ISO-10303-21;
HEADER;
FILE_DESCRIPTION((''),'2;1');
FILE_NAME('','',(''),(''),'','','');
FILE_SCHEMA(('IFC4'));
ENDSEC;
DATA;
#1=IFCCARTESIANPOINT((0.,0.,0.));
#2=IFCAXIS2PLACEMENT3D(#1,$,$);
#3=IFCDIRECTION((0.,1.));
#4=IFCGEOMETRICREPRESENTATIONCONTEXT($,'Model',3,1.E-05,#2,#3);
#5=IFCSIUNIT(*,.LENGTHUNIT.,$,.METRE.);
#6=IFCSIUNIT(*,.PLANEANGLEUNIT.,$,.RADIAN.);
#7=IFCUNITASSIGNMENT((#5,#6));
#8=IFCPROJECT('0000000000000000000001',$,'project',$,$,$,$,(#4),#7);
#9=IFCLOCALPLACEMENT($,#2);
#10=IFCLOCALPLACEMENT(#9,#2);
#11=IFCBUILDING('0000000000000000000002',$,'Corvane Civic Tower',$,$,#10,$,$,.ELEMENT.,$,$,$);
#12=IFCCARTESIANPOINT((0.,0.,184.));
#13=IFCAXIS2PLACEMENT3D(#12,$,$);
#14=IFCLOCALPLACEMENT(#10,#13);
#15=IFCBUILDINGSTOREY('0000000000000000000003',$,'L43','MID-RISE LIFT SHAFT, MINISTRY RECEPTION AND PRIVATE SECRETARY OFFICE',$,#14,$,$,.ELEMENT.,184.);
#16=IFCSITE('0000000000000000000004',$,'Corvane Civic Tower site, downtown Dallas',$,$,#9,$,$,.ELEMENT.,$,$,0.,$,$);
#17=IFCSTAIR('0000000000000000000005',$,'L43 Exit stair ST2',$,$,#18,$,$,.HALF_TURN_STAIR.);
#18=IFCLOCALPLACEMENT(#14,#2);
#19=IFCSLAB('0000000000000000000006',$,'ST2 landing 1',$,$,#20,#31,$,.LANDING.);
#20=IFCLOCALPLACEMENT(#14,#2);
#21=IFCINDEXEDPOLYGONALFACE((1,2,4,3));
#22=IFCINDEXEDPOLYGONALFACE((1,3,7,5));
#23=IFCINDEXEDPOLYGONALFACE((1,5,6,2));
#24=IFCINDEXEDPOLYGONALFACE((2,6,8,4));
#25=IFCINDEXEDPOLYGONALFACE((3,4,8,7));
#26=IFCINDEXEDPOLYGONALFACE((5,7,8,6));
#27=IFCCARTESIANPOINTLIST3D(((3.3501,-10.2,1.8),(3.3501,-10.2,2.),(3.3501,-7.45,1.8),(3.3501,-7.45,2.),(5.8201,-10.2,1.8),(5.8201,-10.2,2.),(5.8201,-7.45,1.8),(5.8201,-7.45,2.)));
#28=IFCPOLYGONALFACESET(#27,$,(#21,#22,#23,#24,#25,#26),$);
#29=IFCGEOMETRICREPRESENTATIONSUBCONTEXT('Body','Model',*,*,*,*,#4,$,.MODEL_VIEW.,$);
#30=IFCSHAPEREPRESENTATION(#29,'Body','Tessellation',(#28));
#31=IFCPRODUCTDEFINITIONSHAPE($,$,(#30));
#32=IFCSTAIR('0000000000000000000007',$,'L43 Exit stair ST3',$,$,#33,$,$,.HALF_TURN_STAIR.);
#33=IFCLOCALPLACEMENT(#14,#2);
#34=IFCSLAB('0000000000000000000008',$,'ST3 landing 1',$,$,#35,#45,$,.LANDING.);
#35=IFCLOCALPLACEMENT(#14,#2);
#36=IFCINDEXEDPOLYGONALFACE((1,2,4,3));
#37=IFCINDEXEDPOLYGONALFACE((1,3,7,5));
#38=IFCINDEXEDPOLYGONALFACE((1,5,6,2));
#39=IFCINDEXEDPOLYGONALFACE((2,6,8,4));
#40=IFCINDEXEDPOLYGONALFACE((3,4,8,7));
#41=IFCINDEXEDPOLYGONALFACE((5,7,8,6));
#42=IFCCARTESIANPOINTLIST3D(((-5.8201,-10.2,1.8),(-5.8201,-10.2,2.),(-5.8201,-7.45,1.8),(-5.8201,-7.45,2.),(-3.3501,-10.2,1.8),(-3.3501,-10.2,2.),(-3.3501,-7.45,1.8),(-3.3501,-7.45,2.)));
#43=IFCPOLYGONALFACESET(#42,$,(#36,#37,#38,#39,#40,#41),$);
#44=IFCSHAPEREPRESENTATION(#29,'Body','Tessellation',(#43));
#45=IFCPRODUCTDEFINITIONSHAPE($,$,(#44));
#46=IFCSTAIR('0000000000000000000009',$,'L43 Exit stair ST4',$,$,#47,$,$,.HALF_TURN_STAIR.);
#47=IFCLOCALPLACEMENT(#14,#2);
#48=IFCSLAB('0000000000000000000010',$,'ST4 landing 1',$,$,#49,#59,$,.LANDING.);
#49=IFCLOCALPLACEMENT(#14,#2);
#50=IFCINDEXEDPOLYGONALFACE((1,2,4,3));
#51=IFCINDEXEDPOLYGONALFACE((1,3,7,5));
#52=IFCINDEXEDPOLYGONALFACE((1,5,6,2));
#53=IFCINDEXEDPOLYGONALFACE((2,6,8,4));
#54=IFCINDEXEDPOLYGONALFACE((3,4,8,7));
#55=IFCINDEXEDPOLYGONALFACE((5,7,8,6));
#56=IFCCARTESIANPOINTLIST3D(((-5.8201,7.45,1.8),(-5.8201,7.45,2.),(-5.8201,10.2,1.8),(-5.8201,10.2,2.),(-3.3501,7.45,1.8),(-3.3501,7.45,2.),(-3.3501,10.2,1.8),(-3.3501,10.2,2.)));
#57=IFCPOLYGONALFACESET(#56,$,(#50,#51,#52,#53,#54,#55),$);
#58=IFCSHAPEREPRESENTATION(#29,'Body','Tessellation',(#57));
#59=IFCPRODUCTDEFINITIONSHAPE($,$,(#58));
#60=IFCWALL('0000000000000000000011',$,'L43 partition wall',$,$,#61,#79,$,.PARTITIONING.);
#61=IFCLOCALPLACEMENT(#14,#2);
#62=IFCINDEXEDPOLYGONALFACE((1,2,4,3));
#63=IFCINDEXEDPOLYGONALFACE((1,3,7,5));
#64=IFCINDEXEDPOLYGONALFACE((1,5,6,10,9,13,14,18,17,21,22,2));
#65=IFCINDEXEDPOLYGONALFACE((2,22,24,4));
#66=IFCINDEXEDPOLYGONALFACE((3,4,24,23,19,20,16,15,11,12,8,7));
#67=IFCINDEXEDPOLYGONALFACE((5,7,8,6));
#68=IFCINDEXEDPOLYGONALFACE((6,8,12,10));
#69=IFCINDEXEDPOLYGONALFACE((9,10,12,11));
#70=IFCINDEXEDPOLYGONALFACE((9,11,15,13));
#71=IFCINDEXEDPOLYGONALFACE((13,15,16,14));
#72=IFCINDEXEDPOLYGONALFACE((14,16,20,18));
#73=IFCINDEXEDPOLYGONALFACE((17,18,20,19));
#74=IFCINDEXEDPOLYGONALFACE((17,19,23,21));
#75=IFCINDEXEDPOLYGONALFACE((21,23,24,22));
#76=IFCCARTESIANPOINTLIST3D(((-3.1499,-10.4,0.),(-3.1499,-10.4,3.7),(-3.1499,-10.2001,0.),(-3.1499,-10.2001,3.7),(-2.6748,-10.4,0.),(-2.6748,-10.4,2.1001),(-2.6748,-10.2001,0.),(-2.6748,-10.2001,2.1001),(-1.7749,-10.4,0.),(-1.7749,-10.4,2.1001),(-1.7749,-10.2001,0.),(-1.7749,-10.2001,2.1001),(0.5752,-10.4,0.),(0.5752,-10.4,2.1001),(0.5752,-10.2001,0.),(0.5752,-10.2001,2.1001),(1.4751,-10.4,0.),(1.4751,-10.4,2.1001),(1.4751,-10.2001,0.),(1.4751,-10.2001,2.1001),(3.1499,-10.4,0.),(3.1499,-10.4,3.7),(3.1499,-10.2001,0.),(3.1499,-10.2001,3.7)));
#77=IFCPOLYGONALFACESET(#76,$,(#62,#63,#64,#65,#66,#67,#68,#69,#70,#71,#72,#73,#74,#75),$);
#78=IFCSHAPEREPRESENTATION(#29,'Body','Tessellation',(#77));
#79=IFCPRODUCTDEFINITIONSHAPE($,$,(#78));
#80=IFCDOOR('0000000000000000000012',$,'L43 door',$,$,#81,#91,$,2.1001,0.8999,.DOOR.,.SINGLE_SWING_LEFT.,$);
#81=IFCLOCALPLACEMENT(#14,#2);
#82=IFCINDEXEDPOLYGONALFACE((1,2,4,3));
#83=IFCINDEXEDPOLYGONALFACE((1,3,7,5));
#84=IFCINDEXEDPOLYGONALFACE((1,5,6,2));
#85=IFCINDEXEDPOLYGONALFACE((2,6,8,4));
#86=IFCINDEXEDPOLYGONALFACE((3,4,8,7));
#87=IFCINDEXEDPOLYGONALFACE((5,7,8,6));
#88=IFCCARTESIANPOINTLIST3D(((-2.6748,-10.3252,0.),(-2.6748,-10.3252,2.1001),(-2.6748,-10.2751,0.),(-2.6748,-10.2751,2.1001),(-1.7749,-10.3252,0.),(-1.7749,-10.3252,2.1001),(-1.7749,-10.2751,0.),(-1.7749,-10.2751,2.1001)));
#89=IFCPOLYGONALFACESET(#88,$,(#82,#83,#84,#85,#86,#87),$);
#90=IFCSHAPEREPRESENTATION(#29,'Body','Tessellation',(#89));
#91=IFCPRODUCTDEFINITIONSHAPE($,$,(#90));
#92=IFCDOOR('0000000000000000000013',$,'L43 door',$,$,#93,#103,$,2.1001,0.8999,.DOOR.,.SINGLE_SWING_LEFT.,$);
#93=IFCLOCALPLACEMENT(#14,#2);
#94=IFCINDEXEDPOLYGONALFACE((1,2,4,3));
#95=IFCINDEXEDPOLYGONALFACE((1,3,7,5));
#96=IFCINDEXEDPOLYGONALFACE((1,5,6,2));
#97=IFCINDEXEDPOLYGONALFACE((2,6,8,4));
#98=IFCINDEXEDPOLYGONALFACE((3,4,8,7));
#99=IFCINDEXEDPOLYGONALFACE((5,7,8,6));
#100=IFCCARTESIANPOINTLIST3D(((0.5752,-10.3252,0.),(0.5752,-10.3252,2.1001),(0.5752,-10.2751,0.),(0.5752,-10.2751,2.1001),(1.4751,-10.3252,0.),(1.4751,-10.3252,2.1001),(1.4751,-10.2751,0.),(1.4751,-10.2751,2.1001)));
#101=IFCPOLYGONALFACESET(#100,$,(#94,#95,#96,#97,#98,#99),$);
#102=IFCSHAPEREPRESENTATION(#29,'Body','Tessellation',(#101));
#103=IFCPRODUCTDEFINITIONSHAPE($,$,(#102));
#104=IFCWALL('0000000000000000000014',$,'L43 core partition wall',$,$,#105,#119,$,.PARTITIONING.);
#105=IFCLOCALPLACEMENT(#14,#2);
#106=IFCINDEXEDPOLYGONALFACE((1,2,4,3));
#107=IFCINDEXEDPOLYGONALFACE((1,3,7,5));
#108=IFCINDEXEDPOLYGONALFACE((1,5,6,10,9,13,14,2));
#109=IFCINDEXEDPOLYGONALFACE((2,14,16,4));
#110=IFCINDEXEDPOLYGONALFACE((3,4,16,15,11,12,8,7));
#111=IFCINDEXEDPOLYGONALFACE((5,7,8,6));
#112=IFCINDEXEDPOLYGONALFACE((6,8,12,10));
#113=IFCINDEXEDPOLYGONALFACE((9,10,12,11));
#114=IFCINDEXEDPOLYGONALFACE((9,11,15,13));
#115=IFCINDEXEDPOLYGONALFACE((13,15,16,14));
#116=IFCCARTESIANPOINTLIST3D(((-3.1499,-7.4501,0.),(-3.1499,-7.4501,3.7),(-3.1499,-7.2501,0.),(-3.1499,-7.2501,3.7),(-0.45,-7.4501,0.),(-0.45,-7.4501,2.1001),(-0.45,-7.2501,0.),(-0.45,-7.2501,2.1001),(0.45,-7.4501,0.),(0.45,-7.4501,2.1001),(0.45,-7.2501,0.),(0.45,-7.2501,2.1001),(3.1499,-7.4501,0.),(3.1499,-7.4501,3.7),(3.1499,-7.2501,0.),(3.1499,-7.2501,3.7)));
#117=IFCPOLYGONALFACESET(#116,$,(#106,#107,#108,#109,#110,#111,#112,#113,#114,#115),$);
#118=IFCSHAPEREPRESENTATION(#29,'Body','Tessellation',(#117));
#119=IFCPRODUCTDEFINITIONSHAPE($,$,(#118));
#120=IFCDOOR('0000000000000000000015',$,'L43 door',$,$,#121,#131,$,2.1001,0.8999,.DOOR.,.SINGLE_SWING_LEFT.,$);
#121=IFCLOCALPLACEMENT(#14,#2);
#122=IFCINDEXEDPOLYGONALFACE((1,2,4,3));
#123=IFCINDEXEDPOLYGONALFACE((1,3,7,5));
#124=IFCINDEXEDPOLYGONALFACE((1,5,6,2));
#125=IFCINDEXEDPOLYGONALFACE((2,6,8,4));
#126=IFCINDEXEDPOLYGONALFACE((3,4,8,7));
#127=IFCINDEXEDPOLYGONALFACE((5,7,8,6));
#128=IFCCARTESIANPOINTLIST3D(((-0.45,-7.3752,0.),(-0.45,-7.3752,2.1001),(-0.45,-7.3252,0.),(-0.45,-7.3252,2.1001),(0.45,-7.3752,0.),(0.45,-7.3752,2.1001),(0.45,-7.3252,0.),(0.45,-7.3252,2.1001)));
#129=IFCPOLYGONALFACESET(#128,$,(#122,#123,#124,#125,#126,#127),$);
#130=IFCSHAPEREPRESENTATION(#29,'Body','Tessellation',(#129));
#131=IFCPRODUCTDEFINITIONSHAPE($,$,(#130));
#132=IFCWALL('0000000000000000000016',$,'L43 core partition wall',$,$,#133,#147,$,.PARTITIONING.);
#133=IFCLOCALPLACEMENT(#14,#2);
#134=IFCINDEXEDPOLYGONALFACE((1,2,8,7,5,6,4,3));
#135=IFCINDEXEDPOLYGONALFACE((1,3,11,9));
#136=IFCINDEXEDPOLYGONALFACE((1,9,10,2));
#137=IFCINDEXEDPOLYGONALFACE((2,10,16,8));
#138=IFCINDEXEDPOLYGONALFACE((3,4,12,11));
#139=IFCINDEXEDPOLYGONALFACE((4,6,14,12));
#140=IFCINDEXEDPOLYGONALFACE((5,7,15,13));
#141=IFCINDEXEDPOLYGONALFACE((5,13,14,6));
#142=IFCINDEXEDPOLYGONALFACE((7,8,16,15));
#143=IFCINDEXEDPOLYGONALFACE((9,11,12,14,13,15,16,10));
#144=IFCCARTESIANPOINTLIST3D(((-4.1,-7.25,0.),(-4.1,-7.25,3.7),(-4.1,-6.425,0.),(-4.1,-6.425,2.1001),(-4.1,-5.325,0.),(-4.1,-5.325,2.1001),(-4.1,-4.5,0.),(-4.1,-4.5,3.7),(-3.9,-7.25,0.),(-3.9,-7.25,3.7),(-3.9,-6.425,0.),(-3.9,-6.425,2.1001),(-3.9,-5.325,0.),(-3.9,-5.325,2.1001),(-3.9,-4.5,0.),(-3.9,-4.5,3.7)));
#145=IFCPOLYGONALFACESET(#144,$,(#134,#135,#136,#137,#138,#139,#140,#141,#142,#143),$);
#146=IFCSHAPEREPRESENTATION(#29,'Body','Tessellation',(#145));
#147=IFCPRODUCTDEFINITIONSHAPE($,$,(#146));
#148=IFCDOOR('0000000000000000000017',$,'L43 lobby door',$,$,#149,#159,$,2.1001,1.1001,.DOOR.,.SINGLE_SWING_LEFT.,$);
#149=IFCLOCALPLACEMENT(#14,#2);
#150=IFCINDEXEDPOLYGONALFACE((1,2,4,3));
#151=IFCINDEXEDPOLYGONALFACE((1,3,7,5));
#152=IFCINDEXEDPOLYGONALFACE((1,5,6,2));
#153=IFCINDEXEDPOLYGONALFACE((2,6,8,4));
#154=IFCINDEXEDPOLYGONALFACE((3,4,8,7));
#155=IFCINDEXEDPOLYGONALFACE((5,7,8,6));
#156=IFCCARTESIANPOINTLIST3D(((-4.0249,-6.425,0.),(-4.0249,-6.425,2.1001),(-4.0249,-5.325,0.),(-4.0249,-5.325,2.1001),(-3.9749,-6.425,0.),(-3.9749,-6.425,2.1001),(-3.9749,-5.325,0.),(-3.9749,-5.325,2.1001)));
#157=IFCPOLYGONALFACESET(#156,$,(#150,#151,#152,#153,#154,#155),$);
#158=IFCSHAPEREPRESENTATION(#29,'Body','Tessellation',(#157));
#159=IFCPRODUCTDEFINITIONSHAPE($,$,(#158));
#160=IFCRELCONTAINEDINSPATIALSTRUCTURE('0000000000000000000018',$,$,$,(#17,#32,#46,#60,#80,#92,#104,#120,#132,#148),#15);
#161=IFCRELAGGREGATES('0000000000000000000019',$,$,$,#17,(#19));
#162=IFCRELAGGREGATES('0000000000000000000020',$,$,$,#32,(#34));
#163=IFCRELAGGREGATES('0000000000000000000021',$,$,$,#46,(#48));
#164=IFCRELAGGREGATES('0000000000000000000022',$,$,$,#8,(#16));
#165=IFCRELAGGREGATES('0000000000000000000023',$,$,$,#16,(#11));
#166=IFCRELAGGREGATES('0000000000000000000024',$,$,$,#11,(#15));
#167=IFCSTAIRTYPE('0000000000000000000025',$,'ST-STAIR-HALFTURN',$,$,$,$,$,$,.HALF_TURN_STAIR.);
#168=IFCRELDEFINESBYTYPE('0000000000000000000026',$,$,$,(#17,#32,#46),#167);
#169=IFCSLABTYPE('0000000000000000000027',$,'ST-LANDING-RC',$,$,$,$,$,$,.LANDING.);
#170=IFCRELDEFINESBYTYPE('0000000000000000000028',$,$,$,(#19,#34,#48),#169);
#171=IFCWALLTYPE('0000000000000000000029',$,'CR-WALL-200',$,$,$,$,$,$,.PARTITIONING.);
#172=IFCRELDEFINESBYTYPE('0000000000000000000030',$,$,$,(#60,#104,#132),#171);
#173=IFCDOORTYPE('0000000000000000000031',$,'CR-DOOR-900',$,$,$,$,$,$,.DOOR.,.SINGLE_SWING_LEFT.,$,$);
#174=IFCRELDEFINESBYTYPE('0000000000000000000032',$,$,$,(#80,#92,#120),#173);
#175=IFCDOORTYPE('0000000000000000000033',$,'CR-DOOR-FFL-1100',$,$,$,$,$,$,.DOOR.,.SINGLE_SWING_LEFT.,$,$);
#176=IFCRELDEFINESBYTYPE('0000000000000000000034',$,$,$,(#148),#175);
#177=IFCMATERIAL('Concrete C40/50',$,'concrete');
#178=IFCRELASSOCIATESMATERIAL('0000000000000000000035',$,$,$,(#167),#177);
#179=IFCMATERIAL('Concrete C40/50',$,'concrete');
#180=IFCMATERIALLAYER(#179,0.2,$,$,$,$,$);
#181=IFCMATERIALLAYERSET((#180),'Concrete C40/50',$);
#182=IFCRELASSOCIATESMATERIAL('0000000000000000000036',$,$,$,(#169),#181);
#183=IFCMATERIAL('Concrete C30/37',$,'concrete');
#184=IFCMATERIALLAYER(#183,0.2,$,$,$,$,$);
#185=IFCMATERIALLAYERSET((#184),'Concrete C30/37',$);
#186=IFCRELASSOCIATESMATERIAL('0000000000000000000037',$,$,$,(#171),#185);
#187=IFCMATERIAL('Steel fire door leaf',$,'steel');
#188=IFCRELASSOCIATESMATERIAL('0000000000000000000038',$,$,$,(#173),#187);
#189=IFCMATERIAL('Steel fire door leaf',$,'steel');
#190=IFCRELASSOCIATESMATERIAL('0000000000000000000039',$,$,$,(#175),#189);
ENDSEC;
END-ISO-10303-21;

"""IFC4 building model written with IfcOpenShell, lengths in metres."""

from ifc_helpers import new_model, si_unit, direction, frame, frame_2d, origin, place, context, subcontext, project, spatial, polyline, rectangle, outline, extrude, material, layer, layer_set, type_object, element, fill, aggregate, save


model = new_model("IFC4")

# Units and contexts
model_context = context("Model", 3, precision=1e-05, world=origin(), true_north=direction((0.0, 1.0)))
body_context = subcontext(model_context, "Body", "Model", "MODEL_VIEW")
ifc_project = project(units=[si_unit("LENGTHUNIT", "METRE"), si_unit("PLANEANGLEUNIT", "RADIAN")], contexts=[model_context])

# Site, building, storey
site_placement = place(None, origin())
site = spatial("IfcSite", under=ifc_project, at=site_placement, Name="Corvane Civic Tower site, downtown Dallas", CompositionType="ELEMENT", RefElevation=0.0)
building_placement = place(site_placement, origin())
building = spatial("IfcBuilding", under=site, at=building_placement, Name="Corvane Civic Tower", CompositionType="ELEMENT")
storey_placement = place(building_placement, frame((0.0, 0.0, 184.0)))
storey = spatial("IfcBuildingStorey", under=building, at=storey_placement, Name="L43", Description="MID-RISE LIFT SHAFT, MINISTRY RECEPTION AND PRIVATE SECRETARY OFFICE", CompositionType="ELEMENT", Elevation=184.0)

# Stairs, slabs
ifc_material_1 = material(Name="Concrete C40/50", Category="concrete")
stair_type = type_object("IfcStairType", Name="ST-STAIR-HALFTURN", PredefinedType="HALF_TURN_STAIR", material=ifc_material_1)
ifc_material_2 = material(Name="Concrete C40/50", Category="concrete")
ifc_layer_1 = layer(ifc_material_2, 0.2)
ifc_layer_set_1 = layer_set([ifc_layer_1], Name="Concrete C40/50")
slab_type_1 = type_object("IfcSlabType", Name="ST-LANDING-RC", PredefinedType="LANDING", material=ifc_layer_set_1)
stair_1_placement = place(storey_placement, origin())
stair_1 = element("IfcStair", 1, at=stair_1_placement, inside=storey, type_object=stair_type, Name="L43 Exit stair ST2", PredefinedType="HALF_TURN_STAIR")
slab_1_placement = place(storey_placement, frame((0.0, 0.0, 1.8)))
slab_1 = element("IfcSlab", 2, at=slab_1_placement, type_object=slab_type_1, Name="ST2 landing 1", PredefinedType="LANDING", context=body_context, shape_type="SweptSolid", body=[
    extrude(outline(polyline([(5.8201, -7.45), (3.3501, -7.45), (3.3501, -10.2), (5.8201, -10.2), (5.8201, -7.45)])), origin(), (0.0, 0.0, 1.0), 0.2),
])
aggregate(stair_1, [slab_1])
stair_2_placement = place(storey_placement, origin())
stair_2 = element("IfcStair", 3, at=stair_2_placement, inside=storey, type_object=stair_type, Name="L43 Exit stair ST3", PredefinedType="HALF_TURN_STAIR")
slab_2_placement = place(storey_placement, frame((0.0, 0.0, 1.8)))
slab_2 = element("IfcSlab", 4, at=slab_2_placement, type_object=slab_type_1, Name="ST3 landing 1", PredefinedType="LANDING", context=body_context, shape_type="SweptSolid", body=[
    extrude(outline(polyline([(-5.8201, -10.2), (-3.3501, -10.2), (-3.3501, -7.45), (-5.8201, -7.45), (-5.8201, -10.2)])), origin(), (0.0, 0.0, 1.0), 0.2),
])
aggregate(stair_2, [slab_2])
stair_3_placement = place(storey_placement, origin())
stair_3 = element("IfcStair", 5, at=stair_3_placement, inside=storey, type_object=stair_type, Name="L43 Exit stair ST4", PredefinedType="HALF_TURN_STAIR")
slab_3_placement = place(storey_placement, frame((0.0, 0.0, 1.8)))
slab_3 = element("IfcSlab", 6, at=slab_3_placement, type_object=slab_type_1, Name="ST4 landing 1", PredefinedType="LANDING", context=body_context, shape_type="SweptSolid", body=[
    extrude(outline(polyline([(-5.8201, 7.45), (-3.3501, 7.45), (-3.3501, 10.2), (-5.8201, 10.2), (-5.8201, 7.45)])), origin(), (0.0, 0.0, 1.0), 0.2),
])
aggregate(stair_3, [slab_3])

# Wall, openings, doors
ifc_material_3 = material(Name="Concrete C30/37", Category="concrete")
ifc_layer_2 = layer(ifc_material_3, 0.2)
ifc_layer_set_2 = layer_set([ifc_layer_2], Name="Concrete C30/37")
wall_type = type_object("IfcWallType", Name="CR-WALL-200", PredefinedType="PARTITIONING", material=ifc_layer_set_2)
wall_1_placement = place(storey_placement, frame((-3.1499, -10.3, 0.0), z_axis=(0.0, 0.0, 1.0), x_axis=(1.0, 0.0, 0.0)))
wall_1 = element("IfcWall", 7, at=wall_1_placement, inside=storey, type_object=wall_type, Name="L43 partition wall", PredefinedType="PARTITIONING", context=body_context, shape_type="SweptSolid", body=[
    extrude(rectangle(XDim=6.2998, YDim=0.2, at=frame_2d((3.1499, 0.0))), origin(), (0.0, 0.0, 1.0), 3.7),
])
opening_1_placement = place(wall_1_placement, frame((0.4751, 0.0, 0.0)))
opening_1 = element("IfcOpeningElement", 8, at=opening_1_placement, cuts=wall_1, PredefinedType="OPENING", context=body_context, shape_type="SweptSolid", body=[
    extrude(rectangle(XDim=0.8999, YDim=2.1001, at=frame_2d((0.45, 1.05))), frame((0.0, 0.1099, 0.0), z_axis=(0.0, -1.0, 0.0), x_axis=(1.0, 0.0, 0.0)), (0.0, 0.0, 1.0), 0.22),
])
opening_2_placement = place(wall_1_placement, frame((3.7251, 0.0, 0.0)))
opening_2 = element("IfcOpeningElement", 9, at=opening_2_placement, cuts=wall_1, PredefinedType="OPENING", context=body_context, shape_type="SweptSolid", body=[
    extrude(rectangle(XDim=0.8999, YDim=2.1001, at=frame_2d((0.45, 1.05))), frame((0.0, 0.1099, 0.0), z_axis=(0.0, -1.0, 0.0), x_axis=(1.0, 0.0, 0.0)), (0.0, 0.0, 1.0), 0.22),
])
ifc_material_4 = material(Name="Steel fire door leaf", Category="steel")
door_type_1 = type_object("IfcDoorType", Name="CR-DOOR-900", OperationType="SINGLE_SWING_LEFT", PredefinedType="DOOR", material=ifc_material_4)
door_1_placement = place(opening_1_placement, origin())
door_1 = element("IfcDoor", 10, at=door_1_placement, inside=storey, type_object=door_type_1, Name="L43 door", OperationType="SINGLE_SWING_LEFT", OverallHeight=2.1001, OverallWidth=0.8999, PredefinedType="DOOR", context=body_context, shape_type="SweptSolid", body=[
    extrude(rectangle(XDim=0.8999, YDim=2.1001, at=frame_2d((0.45, 1.05))), frame((0.0, 0.0249, 0.0), z_axis=(0.0, -1.0, 0.0), x_axis=(1.0, 0.0, 0.0)), (0.0, 0.0, 1.0), 0.05),
])
fill(opening_1, door_1)
door_2_placement = place(opening_2_placement, origin())
door_2 = element("IfcDoor", 11, at=door_2_placement, inside=storey, type_object=door_type_1, Name="L43 door", OperationType="SINGLE_SWING_LEFT", OverallHeight=2.1001, OverallWidth=0.8999, PredefinedType="DOOR", context=body_context, shape_type="SweptSolid", body=[
    extrude(rectangle(XDim=0.8999, YDim=2.1001, at=frame_2d((0.45, 1.05))), frame((0.0, 0.0249, 0.0), z_axis=(0.0, -1.0, 0.0), x_axis=(1.0, 0.0, 0.0)), (0.0, 0.0, 1.0), 0.05),
])
fill(opening_2, door_2)

# Walls, openings, doors
wall_2_placement = place(storey_placement, frame((-3.1499, -7.3501, 0.0), z_axis=(0.0, 0.0, 1.0), x_axis=(1.0, 0.0, 0.0)))
wall_2 = element("IfcWall", 12, at=wall_2_placement, inside=storey, type_object=wall_type, Name="L43 core partition wall", PredefinedType="PARTITIONING", context=body_context, shape_type="SweptSolid", body=[
    extrude(rectangle(XDim=6.2998, YDim=0.2, at=frame_2d((3.1499, 0.0))), origin(), (0.0, 0.0, 1.0), 3.7),
])
opening_3_placement = place(wall_2_placement, frame((2.7, 0.0, 0.0)))
opening_3 = element("IfcOpeningElement", 13, at=opening_3_placement, cuts=wall_2, PredefinedType="OPENING", context=body_context, shape_type="SweptSolid", body=[
    extrude(rectangle(XDim=0.8999, YDim=2.1001, at=frame_2d((0.45, 1.05))), frame((0.0, 0.1099, 0.0), z_axis=(0.0, -1.0, 0.0), x_axis=(1.0, 0.0, 0.0)), (0.0, 0.0, 1.0), 0.22),
])
door_3_placement = place(opening_3_placement, origin())
door_3 = element("IfcDoor", 14, at=door_3_placement, inside=storey, type_object=door_type_1, Name="L43 door", OperationType="SINGLE_SWING_LEFT", OverallHeight=2.1001, OverallWidth=0.8999, PredefinedType="DOOR", context=body_context, shape_type="SweptSolid", body=[
    extrude(rectangle(XDim=0.8999, YDim=2.1001, at=frame_2d((0.45, 1.05))), frame((0.0, 0.0249, 0.0), z_axis=(0.0, -1.0, 0.0), x_axis=(1.0, 0.0, 0.0)), (0.0, 0.0, 1.0), 0.05),
])
fill(opening_3, door_3)
wall_3_placement = place(storey_placement, frame((-4.0, -7.25, 0.0), z_axis=(0.0, 0.0, 1.0), x_axis=(0.0, 1.0, 0.0)))
wall_3 = element("IfcWall", 15, at=wall_3_placement, inside=storey, type_object=wall_type, Name="L43 core partition wall", PredefinedType="PARTITIONING", context=body_context, shape_type="SweptSolid", body=[
    extrude(rectangle(XDim=2.75, YDim=0.2, at=frame_2d((1.375, 0.0))), origin(), (0.0, 0.0, 1.0), 3.7),
])
opening_4_placement = place(wall_3_placement, frame((0.825, 0.0, 0.0)))
opening_4 = element("IfcOpeningElement", 16, at=opening_4_placement, cuts=wall_3, PredefinedType="OPENING", context=body_context, shape_type="SweptSolid", body=[
    extrude(rectangle(XDim=1.1001, YDim=2.1001, at=frame_2d((0.55, 1.05))), frame((0.0, 0.1099, 0.0), z_axis=(0.0, -1.0, 0.0), x_axis=(1.0, 0.0, 0.0)), (0.0, 0.0, 1.0), 0.22),
])
ifc_material_5 = material(Name="Steel fire door leaf", Category="steel")
door_type_2 = type_object("IfcDoorType", Name="CR-DOOR-FFL-1100", OperationType="SINGLE_SWING_LEFT", PredefinedType="DOOR", material=ifc_material_5)
door_4_placement = place(opening_4_placement, origin())
door_4 = element("IfcDoor", 17, at=door_4_placement, inside=storey, type_object=door_type_2, Name="L43 lobby door", OperationType="SINGLE_SWING_LEFT", OverallHeight=2.1001, OverallWidth=1.1001, PredefinedType="DOOR", context=body_context, shape_type="SweptSolid", body=[
    extrude(rectangle(XDim=1.1001, YDim=2.1001, at=frame_2d((0.55, 1.05))), frame((0.0, 0.0249, 0.0), z_axis=(0.0, -1.0, 0.0), x_axis=(1.0, 0.0, 0.0)), (0.0, 0.0, 1.0), 0.05),
])
fill(opening_4, door_4)

save(model, "model.ifc")
